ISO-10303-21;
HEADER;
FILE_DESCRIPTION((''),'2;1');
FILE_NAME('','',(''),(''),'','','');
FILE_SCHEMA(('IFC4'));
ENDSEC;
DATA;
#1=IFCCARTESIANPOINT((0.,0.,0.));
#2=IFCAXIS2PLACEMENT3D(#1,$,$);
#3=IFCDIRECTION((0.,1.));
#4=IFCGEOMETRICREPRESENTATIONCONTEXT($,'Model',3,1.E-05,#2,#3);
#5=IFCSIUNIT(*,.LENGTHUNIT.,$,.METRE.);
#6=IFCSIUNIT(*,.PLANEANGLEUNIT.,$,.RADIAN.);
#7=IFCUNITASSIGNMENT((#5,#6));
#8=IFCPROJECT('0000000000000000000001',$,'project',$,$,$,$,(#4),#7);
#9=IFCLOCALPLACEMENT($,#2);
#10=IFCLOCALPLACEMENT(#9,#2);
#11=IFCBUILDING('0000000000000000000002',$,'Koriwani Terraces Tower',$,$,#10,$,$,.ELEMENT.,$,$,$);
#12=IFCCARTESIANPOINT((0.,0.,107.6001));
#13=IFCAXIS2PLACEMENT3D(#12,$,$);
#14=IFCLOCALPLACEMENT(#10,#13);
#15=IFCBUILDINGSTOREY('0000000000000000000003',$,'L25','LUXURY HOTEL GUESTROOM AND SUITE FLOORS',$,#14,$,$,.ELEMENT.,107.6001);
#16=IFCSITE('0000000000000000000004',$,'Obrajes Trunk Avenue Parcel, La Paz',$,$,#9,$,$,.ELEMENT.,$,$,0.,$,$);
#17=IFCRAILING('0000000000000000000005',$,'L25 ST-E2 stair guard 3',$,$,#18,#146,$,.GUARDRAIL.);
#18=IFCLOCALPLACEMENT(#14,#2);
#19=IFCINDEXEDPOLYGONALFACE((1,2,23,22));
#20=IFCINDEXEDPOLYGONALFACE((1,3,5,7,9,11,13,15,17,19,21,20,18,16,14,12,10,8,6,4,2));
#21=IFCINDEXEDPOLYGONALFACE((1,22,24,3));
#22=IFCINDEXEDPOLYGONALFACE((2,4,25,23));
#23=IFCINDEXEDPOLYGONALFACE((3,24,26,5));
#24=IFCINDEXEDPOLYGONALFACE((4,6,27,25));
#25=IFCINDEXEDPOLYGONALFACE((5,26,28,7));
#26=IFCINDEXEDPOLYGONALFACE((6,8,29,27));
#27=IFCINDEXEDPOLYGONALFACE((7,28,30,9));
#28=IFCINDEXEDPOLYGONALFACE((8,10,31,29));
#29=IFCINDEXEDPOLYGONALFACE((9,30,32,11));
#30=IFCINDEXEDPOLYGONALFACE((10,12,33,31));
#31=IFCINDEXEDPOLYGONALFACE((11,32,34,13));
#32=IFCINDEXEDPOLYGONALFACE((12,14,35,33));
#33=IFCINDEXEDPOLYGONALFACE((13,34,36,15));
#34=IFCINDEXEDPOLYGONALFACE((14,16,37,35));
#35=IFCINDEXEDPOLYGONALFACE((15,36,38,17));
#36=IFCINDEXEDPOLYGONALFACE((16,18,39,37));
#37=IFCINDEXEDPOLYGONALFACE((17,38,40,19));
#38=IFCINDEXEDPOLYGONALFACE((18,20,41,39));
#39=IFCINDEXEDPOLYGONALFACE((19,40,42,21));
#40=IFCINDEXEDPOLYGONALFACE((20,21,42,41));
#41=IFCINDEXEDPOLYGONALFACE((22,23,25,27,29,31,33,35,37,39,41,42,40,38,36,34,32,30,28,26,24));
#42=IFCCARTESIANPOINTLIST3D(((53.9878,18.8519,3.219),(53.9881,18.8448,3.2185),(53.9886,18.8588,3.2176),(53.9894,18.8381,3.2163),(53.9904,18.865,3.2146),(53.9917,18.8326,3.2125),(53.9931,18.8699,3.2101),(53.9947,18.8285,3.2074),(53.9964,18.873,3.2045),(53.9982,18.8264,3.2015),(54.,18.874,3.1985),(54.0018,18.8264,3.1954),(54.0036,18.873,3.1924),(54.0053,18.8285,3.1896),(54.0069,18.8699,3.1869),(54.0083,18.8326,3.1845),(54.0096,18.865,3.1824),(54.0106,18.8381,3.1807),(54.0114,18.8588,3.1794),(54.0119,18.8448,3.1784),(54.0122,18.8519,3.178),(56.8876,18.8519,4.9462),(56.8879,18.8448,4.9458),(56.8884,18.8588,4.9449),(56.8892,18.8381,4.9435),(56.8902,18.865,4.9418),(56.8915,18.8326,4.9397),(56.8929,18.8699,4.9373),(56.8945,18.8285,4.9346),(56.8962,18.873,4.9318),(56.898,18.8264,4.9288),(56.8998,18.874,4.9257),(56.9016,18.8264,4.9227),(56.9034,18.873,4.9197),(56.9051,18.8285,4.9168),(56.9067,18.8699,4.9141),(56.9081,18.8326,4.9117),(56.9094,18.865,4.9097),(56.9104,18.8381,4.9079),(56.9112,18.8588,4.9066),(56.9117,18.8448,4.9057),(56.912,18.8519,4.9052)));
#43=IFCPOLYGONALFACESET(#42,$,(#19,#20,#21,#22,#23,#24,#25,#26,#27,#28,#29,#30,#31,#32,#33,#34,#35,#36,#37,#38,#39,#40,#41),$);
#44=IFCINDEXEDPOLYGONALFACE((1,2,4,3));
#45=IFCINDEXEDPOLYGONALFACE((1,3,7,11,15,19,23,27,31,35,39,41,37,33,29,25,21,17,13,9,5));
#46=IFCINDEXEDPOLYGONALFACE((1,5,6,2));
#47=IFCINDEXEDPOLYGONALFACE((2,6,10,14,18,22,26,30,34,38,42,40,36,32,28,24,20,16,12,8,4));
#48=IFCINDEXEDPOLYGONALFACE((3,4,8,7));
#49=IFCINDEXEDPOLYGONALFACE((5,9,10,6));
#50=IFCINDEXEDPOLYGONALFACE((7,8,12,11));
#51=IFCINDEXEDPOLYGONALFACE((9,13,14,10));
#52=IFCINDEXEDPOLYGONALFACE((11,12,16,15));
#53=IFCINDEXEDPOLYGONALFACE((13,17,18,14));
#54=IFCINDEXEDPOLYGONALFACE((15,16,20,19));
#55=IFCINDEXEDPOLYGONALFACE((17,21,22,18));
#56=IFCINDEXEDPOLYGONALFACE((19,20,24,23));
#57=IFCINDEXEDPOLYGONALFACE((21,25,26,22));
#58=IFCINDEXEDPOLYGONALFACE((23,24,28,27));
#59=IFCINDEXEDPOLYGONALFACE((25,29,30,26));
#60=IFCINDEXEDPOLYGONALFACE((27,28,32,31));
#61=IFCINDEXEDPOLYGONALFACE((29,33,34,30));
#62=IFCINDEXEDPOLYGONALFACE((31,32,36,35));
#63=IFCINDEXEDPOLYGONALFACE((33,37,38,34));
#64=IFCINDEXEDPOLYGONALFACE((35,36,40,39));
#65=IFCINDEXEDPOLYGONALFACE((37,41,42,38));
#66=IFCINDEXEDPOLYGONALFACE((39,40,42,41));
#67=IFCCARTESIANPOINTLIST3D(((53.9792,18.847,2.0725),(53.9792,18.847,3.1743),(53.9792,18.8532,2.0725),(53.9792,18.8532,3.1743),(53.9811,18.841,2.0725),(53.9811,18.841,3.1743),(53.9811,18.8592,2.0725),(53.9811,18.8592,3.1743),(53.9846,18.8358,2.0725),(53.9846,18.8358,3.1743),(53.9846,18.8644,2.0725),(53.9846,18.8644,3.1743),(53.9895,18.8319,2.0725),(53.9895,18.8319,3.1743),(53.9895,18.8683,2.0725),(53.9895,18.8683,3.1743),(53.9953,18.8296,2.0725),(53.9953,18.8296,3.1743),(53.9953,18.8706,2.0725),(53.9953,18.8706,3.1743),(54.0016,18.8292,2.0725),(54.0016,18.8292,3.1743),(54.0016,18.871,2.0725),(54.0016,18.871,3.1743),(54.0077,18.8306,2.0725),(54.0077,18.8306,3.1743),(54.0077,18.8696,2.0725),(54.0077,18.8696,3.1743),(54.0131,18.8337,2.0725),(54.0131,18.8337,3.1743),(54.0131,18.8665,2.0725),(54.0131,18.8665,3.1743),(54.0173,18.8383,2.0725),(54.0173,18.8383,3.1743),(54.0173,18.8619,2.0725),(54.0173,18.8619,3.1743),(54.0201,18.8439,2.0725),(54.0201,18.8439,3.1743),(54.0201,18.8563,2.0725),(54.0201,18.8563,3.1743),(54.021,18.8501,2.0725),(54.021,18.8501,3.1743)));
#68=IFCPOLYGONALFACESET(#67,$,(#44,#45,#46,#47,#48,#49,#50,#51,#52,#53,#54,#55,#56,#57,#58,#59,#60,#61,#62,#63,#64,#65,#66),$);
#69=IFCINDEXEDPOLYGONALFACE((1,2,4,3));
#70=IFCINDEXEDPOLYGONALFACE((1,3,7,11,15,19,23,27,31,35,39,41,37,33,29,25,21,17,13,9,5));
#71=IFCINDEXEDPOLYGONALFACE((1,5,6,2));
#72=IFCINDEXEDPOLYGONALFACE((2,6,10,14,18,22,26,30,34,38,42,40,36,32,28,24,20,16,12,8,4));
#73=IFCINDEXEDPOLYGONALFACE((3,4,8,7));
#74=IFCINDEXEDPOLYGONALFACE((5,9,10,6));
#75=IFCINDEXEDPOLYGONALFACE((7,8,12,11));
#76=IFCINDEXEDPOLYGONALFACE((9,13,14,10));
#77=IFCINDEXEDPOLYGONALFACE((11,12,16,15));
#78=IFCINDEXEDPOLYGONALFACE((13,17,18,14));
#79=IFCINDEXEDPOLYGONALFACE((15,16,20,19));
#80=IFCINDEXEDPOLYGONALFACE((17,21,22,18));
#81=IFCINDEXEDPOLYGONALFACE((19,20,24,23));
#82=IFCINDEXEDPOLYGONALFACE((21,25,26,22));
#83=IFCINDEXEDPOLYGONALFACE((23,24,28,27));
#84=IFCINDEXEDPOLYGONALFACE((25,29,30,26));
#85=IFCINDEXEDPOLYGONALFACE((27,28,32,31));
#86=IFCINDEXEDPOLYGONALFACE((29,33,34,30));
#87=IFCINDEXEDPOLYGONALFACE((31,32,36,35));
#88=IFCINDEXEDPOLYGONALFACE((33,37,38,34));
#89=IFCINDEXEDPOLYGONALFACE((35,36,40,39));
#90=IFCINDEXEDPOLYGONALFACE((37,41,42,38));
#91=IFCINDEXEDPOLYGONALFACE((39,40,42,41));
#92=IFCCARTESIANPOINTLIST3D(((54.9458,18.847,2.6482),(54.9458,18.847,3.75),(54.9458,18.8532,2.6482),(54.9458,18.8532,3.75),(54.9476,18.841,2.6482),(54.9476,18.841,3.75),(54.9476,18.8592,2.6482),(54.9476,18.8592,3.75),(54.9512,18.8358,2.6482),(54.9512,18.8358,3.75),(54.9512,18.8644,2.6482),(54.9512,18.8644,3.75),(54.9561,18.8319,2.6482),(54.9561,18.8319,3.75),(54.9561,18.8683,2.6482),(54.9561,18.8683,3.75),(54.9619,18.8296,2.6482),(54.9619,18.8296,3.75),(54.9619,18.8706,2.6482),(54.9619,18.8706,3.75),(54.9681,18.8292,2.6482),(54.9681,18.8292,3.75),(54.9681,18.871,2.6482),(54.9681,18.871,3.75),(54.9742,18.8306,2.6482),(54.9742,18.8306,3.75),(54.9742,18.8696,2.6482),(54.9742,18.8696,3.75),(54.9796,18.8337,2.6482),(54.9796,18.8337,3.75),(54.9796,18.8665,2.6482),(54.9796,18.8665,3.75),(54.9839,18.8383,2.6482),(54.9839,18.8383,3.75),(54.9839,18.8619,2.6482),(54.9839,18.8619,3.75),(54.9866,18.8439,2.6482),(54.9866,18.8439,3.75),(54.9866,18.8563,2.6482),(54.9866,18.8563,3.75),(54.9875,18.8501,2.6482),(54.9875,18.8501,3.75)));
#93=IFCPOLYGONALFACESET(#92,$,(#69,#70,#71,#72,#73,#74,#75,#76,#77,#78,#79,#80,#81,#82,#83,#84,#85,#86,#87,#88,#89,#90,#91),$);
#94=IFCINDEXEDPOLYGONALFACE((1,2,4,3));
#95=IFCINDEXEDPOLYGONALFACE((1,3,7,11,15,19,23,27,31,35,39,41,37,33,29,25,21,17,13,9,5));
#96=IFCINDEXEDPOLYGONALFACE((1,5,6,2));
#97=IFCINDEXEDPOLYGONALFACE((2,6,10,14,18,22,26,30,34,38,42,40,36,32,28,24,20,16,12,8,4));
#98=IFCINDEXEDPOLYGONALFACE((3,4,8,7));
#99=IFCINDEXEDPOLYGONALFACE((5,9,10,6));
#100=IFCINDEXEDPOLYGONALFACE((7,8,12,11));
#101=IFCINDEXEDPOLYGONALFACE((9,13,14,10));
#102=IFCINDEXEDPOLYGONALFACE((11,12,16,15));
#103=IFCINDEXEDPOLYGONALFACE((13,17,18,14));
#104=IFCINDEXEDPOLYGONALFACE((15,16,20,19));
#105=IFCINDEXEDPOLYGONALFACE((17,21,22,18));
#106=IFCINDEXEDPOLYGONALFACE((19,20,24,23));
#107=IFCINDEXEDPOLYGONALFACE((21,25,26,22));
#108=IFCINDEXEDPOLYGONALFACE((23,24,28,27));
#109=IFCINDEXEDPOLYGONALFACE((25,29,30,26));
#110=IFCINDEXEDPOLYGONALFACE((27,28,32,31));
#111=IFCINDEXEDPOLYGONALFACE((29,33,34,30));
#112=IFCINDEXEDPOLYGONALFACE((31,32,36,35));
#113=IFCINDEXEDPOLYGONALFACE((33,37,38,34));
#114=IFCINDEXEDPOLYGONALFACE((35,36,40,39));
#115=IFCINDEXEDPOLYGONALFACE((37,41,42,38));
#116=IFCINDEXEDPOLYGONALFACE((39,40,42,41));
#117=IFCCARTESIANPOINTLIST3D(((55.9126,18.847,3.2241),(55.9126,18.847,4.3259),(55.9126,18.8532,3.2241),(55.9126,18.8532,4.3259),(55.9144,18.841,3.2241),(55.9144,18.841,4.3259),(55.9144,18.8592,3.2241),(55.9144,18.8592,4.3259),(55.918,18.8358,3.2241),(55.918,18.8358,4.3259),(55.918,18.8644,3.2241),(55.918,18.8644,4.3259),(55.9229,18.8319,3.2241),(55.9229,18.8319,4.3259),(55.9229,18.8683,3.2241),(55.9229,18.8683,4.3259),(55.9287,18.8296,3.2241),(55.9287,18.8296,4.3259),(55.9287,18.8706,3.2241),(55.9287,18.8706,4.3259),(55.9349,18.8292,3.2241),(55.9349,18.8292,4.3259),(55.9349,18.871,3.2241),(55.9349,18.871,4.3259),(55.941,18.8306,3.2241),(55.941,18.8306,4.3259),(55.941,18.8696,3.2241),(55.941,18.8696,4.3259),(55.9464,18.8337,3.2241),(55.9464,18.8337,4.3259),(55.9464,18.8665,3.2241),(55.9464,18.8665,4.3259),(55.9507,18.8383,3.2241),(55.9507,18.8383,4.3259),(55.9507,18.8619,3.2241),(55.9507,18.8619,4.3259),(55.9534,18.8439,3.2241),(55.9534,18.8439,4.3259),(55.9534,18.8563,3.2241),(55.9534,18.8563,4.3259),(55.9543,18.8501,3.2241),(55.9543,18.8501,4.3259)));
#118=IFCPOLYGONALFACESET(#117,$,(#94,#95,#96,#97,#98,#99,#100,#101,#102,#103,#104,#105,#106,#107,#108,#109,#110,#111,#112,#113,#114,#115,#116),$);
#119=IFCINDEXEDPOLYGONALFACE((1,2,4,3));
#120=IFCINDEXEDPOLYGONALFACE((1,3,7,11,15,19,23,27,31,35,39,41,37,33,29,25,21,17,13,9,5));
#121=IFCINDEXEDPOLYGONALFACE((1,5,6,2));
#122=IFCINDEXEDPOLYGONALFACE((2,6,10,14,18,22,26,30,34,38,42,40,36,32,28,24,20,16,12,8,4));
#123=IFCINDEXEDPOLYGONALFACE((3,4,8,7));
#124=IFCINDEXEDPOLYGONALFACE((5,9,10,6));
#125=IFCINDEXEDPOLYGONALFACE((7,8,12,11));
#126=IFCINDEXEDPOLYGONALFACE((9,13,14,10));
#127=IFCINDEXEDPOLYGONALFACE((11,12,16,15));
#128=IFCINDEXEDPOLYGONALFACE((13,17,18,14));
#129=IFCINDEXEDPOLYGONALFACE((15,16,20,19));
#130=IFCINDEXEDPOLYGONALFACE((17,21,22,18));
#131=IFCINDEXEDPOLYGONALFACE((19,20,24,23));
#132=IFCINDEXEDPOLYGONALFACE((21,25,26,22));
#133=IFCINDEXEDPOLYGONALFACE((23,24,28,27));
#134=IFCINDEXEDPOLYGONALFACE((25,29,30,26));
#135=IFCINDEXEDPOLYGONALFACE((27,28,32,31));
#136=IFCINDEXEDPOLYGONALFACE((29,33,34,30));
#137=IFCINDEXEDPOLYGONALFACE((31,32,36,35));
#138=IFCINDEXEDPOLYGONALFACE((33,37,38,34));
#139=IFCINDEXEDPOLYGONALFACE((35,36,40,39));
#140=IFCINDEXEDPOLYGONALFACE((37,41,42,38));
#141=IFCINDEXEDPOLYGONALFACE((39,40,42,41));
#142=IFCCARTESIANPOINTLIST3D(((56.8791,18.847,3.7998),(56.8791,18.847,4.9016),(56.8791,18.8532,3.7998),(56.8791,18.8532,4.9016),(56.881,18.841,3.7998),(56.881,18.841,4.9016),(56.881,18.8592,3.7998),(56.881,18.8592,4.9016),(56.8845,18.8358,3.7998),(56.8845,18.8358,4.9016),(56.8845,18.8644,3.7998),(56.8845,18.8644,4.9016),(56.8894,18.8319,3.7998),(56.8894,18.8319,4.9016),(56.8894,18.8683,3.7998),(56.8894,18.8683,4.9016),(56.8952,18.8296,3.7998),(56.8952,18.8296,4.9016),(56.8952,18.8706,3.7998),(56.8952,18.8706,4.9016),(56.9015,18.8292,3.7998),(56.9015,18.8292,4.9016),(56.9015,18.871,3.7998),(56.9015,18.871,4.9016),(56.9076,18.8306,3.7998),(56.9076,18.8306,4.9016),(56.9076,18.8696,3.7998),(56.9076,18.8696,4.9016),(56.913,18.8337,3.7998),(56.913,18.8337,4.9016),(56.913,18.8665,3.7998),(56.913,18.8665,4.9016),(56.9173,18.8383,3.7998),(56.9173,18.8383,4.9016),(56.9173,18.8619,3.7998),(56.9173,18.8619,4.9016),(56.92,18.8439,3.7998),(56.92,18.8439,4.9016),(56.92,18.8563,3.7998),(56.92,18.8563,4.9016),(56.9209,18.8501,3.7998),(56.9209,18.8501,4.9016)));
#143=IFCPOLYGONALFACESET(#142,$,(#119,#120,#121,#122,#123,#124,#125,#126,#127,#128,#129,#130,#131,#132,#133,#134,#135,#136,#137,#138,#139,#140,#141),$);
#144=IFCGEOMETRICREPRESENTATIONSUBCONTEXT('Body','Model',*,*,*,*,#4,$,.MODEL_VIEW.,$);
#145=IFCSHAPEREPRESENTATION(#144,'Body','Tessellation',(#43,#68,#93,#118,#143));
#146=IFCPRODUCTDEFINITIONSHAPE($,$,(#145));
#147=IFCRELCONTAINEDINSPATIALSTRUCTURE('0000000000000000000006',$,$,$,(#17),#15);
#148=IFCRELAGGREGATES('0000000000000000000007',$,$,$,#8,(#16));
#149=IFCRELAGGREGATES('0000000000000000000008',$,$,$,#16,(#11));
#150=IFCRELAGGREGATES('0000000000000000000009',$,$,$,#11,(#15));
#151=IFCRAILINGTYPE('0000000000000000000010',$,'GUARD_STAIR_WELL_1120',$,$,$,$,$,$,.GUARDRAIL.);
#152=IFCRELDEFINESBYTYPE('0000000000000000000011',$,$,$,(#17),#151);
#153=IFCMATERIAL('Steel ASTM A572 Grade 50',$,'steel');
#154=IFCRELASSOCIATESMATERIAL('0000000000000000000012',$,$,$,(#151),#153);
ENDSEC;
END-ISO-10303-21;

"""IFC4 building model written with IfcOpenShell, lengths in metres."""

from ifc_helpers import new_model, si_unit, direction, frame, origin, origin_2d, place, context, subcontext, project, spatial, circle, extrude, material, type_object, element, save


model = new_model("IFC4")

# Units and contexts
model_context = context("Model", 3, precision=1e-05, world=origin(), true_north=direction((0.0, 1.0)))
body_context = subcontext(model_context, "Body", "Model", "MODEL_VIEW")
ifc_project = project(units=[si_unit("LENGTHUNIT", "METRE"), si_unit("PLANEANGLEUNIT", "RADIAN")], contexts=[model_context])

# Site, building, storey
site_placement = place(None, origin())
site = spatial("IfcSite", under=ifc_project, at=site_placement, Name="Obrajes Trunk Avenue Parcel, La Paz", CompositionType="ELEMENT", RefElevation=0.0)
building_placement = place(site_placement, origin())
building = spatial("IfcBuilding", under=site, at=building_placement, Name="Koriwani Terraces Tower", CompositionType="ELEMENT")
storey_placement = place(building_placement, frame((0.0, 0.0, 107.6001)))
storey = spatial("IfcBuildingStorey", under=building, at=storey_placement, Name="L25", Description="LUXURY HOTEL GUESTROOM AND SUITE FLOORS", CompositionType="ELEMENT", Elevation=107.6001)

# Shared definitions
ifc_material_1 = material(Name="Steel ASTM A572 Grade 50", Category="steel")

# Railing
railing_type_1 = type_object("IfcRailingType", Name="GUARD_STAIR_WELL_1120", PredefinedType="GUARDRAIL", material=ifc_material_1)
railing_1_placement = place(storey_placement, frame((54.0, 18.8501, 2.0725)))
element("IfcRailing", 1, at=railing_1_placement, inside=storey, type_object=railing_type_1, Name="L25 ST-E2 stair guard 3", PredefinedType="GUARDRAIL", context=body_context, shape_type="SweptSolid", body=[
    extrude(circle(Radius=0.0239, at=origin_2d()), frame((0.0, 0.0, 1.126), z_axis=(0.859141, 0.0, 0.511738), x_axis=(0.0, 1.0, 0.0)), (0.0, 0.0, 1.0), 3.3752),
    extrude(circle(Radius=0.021, at=origin_2d()), origin(), (0.0, 0.0, 1.0), 1.1018),
    extrude(circle(Radius=0.021, at=origin_2d()), frame((0.9666, 0.0, 0.5757)), (0.0, 0.0, 1.0), 1.1018),
    extrude(circle(Radius=0.021, at=origin_2d()), frame((1.9333, 0.0, 1.1516)), (0.0, 0.0, 1.0), 1.1018),
    extrude(circle(Radius=0.021, at=origin_2d()), frame((2.8999, 0.0, 1.7273)), (0.0, 0.0, 1.0), 1.1018),
])

save(model, "model.ifc")
